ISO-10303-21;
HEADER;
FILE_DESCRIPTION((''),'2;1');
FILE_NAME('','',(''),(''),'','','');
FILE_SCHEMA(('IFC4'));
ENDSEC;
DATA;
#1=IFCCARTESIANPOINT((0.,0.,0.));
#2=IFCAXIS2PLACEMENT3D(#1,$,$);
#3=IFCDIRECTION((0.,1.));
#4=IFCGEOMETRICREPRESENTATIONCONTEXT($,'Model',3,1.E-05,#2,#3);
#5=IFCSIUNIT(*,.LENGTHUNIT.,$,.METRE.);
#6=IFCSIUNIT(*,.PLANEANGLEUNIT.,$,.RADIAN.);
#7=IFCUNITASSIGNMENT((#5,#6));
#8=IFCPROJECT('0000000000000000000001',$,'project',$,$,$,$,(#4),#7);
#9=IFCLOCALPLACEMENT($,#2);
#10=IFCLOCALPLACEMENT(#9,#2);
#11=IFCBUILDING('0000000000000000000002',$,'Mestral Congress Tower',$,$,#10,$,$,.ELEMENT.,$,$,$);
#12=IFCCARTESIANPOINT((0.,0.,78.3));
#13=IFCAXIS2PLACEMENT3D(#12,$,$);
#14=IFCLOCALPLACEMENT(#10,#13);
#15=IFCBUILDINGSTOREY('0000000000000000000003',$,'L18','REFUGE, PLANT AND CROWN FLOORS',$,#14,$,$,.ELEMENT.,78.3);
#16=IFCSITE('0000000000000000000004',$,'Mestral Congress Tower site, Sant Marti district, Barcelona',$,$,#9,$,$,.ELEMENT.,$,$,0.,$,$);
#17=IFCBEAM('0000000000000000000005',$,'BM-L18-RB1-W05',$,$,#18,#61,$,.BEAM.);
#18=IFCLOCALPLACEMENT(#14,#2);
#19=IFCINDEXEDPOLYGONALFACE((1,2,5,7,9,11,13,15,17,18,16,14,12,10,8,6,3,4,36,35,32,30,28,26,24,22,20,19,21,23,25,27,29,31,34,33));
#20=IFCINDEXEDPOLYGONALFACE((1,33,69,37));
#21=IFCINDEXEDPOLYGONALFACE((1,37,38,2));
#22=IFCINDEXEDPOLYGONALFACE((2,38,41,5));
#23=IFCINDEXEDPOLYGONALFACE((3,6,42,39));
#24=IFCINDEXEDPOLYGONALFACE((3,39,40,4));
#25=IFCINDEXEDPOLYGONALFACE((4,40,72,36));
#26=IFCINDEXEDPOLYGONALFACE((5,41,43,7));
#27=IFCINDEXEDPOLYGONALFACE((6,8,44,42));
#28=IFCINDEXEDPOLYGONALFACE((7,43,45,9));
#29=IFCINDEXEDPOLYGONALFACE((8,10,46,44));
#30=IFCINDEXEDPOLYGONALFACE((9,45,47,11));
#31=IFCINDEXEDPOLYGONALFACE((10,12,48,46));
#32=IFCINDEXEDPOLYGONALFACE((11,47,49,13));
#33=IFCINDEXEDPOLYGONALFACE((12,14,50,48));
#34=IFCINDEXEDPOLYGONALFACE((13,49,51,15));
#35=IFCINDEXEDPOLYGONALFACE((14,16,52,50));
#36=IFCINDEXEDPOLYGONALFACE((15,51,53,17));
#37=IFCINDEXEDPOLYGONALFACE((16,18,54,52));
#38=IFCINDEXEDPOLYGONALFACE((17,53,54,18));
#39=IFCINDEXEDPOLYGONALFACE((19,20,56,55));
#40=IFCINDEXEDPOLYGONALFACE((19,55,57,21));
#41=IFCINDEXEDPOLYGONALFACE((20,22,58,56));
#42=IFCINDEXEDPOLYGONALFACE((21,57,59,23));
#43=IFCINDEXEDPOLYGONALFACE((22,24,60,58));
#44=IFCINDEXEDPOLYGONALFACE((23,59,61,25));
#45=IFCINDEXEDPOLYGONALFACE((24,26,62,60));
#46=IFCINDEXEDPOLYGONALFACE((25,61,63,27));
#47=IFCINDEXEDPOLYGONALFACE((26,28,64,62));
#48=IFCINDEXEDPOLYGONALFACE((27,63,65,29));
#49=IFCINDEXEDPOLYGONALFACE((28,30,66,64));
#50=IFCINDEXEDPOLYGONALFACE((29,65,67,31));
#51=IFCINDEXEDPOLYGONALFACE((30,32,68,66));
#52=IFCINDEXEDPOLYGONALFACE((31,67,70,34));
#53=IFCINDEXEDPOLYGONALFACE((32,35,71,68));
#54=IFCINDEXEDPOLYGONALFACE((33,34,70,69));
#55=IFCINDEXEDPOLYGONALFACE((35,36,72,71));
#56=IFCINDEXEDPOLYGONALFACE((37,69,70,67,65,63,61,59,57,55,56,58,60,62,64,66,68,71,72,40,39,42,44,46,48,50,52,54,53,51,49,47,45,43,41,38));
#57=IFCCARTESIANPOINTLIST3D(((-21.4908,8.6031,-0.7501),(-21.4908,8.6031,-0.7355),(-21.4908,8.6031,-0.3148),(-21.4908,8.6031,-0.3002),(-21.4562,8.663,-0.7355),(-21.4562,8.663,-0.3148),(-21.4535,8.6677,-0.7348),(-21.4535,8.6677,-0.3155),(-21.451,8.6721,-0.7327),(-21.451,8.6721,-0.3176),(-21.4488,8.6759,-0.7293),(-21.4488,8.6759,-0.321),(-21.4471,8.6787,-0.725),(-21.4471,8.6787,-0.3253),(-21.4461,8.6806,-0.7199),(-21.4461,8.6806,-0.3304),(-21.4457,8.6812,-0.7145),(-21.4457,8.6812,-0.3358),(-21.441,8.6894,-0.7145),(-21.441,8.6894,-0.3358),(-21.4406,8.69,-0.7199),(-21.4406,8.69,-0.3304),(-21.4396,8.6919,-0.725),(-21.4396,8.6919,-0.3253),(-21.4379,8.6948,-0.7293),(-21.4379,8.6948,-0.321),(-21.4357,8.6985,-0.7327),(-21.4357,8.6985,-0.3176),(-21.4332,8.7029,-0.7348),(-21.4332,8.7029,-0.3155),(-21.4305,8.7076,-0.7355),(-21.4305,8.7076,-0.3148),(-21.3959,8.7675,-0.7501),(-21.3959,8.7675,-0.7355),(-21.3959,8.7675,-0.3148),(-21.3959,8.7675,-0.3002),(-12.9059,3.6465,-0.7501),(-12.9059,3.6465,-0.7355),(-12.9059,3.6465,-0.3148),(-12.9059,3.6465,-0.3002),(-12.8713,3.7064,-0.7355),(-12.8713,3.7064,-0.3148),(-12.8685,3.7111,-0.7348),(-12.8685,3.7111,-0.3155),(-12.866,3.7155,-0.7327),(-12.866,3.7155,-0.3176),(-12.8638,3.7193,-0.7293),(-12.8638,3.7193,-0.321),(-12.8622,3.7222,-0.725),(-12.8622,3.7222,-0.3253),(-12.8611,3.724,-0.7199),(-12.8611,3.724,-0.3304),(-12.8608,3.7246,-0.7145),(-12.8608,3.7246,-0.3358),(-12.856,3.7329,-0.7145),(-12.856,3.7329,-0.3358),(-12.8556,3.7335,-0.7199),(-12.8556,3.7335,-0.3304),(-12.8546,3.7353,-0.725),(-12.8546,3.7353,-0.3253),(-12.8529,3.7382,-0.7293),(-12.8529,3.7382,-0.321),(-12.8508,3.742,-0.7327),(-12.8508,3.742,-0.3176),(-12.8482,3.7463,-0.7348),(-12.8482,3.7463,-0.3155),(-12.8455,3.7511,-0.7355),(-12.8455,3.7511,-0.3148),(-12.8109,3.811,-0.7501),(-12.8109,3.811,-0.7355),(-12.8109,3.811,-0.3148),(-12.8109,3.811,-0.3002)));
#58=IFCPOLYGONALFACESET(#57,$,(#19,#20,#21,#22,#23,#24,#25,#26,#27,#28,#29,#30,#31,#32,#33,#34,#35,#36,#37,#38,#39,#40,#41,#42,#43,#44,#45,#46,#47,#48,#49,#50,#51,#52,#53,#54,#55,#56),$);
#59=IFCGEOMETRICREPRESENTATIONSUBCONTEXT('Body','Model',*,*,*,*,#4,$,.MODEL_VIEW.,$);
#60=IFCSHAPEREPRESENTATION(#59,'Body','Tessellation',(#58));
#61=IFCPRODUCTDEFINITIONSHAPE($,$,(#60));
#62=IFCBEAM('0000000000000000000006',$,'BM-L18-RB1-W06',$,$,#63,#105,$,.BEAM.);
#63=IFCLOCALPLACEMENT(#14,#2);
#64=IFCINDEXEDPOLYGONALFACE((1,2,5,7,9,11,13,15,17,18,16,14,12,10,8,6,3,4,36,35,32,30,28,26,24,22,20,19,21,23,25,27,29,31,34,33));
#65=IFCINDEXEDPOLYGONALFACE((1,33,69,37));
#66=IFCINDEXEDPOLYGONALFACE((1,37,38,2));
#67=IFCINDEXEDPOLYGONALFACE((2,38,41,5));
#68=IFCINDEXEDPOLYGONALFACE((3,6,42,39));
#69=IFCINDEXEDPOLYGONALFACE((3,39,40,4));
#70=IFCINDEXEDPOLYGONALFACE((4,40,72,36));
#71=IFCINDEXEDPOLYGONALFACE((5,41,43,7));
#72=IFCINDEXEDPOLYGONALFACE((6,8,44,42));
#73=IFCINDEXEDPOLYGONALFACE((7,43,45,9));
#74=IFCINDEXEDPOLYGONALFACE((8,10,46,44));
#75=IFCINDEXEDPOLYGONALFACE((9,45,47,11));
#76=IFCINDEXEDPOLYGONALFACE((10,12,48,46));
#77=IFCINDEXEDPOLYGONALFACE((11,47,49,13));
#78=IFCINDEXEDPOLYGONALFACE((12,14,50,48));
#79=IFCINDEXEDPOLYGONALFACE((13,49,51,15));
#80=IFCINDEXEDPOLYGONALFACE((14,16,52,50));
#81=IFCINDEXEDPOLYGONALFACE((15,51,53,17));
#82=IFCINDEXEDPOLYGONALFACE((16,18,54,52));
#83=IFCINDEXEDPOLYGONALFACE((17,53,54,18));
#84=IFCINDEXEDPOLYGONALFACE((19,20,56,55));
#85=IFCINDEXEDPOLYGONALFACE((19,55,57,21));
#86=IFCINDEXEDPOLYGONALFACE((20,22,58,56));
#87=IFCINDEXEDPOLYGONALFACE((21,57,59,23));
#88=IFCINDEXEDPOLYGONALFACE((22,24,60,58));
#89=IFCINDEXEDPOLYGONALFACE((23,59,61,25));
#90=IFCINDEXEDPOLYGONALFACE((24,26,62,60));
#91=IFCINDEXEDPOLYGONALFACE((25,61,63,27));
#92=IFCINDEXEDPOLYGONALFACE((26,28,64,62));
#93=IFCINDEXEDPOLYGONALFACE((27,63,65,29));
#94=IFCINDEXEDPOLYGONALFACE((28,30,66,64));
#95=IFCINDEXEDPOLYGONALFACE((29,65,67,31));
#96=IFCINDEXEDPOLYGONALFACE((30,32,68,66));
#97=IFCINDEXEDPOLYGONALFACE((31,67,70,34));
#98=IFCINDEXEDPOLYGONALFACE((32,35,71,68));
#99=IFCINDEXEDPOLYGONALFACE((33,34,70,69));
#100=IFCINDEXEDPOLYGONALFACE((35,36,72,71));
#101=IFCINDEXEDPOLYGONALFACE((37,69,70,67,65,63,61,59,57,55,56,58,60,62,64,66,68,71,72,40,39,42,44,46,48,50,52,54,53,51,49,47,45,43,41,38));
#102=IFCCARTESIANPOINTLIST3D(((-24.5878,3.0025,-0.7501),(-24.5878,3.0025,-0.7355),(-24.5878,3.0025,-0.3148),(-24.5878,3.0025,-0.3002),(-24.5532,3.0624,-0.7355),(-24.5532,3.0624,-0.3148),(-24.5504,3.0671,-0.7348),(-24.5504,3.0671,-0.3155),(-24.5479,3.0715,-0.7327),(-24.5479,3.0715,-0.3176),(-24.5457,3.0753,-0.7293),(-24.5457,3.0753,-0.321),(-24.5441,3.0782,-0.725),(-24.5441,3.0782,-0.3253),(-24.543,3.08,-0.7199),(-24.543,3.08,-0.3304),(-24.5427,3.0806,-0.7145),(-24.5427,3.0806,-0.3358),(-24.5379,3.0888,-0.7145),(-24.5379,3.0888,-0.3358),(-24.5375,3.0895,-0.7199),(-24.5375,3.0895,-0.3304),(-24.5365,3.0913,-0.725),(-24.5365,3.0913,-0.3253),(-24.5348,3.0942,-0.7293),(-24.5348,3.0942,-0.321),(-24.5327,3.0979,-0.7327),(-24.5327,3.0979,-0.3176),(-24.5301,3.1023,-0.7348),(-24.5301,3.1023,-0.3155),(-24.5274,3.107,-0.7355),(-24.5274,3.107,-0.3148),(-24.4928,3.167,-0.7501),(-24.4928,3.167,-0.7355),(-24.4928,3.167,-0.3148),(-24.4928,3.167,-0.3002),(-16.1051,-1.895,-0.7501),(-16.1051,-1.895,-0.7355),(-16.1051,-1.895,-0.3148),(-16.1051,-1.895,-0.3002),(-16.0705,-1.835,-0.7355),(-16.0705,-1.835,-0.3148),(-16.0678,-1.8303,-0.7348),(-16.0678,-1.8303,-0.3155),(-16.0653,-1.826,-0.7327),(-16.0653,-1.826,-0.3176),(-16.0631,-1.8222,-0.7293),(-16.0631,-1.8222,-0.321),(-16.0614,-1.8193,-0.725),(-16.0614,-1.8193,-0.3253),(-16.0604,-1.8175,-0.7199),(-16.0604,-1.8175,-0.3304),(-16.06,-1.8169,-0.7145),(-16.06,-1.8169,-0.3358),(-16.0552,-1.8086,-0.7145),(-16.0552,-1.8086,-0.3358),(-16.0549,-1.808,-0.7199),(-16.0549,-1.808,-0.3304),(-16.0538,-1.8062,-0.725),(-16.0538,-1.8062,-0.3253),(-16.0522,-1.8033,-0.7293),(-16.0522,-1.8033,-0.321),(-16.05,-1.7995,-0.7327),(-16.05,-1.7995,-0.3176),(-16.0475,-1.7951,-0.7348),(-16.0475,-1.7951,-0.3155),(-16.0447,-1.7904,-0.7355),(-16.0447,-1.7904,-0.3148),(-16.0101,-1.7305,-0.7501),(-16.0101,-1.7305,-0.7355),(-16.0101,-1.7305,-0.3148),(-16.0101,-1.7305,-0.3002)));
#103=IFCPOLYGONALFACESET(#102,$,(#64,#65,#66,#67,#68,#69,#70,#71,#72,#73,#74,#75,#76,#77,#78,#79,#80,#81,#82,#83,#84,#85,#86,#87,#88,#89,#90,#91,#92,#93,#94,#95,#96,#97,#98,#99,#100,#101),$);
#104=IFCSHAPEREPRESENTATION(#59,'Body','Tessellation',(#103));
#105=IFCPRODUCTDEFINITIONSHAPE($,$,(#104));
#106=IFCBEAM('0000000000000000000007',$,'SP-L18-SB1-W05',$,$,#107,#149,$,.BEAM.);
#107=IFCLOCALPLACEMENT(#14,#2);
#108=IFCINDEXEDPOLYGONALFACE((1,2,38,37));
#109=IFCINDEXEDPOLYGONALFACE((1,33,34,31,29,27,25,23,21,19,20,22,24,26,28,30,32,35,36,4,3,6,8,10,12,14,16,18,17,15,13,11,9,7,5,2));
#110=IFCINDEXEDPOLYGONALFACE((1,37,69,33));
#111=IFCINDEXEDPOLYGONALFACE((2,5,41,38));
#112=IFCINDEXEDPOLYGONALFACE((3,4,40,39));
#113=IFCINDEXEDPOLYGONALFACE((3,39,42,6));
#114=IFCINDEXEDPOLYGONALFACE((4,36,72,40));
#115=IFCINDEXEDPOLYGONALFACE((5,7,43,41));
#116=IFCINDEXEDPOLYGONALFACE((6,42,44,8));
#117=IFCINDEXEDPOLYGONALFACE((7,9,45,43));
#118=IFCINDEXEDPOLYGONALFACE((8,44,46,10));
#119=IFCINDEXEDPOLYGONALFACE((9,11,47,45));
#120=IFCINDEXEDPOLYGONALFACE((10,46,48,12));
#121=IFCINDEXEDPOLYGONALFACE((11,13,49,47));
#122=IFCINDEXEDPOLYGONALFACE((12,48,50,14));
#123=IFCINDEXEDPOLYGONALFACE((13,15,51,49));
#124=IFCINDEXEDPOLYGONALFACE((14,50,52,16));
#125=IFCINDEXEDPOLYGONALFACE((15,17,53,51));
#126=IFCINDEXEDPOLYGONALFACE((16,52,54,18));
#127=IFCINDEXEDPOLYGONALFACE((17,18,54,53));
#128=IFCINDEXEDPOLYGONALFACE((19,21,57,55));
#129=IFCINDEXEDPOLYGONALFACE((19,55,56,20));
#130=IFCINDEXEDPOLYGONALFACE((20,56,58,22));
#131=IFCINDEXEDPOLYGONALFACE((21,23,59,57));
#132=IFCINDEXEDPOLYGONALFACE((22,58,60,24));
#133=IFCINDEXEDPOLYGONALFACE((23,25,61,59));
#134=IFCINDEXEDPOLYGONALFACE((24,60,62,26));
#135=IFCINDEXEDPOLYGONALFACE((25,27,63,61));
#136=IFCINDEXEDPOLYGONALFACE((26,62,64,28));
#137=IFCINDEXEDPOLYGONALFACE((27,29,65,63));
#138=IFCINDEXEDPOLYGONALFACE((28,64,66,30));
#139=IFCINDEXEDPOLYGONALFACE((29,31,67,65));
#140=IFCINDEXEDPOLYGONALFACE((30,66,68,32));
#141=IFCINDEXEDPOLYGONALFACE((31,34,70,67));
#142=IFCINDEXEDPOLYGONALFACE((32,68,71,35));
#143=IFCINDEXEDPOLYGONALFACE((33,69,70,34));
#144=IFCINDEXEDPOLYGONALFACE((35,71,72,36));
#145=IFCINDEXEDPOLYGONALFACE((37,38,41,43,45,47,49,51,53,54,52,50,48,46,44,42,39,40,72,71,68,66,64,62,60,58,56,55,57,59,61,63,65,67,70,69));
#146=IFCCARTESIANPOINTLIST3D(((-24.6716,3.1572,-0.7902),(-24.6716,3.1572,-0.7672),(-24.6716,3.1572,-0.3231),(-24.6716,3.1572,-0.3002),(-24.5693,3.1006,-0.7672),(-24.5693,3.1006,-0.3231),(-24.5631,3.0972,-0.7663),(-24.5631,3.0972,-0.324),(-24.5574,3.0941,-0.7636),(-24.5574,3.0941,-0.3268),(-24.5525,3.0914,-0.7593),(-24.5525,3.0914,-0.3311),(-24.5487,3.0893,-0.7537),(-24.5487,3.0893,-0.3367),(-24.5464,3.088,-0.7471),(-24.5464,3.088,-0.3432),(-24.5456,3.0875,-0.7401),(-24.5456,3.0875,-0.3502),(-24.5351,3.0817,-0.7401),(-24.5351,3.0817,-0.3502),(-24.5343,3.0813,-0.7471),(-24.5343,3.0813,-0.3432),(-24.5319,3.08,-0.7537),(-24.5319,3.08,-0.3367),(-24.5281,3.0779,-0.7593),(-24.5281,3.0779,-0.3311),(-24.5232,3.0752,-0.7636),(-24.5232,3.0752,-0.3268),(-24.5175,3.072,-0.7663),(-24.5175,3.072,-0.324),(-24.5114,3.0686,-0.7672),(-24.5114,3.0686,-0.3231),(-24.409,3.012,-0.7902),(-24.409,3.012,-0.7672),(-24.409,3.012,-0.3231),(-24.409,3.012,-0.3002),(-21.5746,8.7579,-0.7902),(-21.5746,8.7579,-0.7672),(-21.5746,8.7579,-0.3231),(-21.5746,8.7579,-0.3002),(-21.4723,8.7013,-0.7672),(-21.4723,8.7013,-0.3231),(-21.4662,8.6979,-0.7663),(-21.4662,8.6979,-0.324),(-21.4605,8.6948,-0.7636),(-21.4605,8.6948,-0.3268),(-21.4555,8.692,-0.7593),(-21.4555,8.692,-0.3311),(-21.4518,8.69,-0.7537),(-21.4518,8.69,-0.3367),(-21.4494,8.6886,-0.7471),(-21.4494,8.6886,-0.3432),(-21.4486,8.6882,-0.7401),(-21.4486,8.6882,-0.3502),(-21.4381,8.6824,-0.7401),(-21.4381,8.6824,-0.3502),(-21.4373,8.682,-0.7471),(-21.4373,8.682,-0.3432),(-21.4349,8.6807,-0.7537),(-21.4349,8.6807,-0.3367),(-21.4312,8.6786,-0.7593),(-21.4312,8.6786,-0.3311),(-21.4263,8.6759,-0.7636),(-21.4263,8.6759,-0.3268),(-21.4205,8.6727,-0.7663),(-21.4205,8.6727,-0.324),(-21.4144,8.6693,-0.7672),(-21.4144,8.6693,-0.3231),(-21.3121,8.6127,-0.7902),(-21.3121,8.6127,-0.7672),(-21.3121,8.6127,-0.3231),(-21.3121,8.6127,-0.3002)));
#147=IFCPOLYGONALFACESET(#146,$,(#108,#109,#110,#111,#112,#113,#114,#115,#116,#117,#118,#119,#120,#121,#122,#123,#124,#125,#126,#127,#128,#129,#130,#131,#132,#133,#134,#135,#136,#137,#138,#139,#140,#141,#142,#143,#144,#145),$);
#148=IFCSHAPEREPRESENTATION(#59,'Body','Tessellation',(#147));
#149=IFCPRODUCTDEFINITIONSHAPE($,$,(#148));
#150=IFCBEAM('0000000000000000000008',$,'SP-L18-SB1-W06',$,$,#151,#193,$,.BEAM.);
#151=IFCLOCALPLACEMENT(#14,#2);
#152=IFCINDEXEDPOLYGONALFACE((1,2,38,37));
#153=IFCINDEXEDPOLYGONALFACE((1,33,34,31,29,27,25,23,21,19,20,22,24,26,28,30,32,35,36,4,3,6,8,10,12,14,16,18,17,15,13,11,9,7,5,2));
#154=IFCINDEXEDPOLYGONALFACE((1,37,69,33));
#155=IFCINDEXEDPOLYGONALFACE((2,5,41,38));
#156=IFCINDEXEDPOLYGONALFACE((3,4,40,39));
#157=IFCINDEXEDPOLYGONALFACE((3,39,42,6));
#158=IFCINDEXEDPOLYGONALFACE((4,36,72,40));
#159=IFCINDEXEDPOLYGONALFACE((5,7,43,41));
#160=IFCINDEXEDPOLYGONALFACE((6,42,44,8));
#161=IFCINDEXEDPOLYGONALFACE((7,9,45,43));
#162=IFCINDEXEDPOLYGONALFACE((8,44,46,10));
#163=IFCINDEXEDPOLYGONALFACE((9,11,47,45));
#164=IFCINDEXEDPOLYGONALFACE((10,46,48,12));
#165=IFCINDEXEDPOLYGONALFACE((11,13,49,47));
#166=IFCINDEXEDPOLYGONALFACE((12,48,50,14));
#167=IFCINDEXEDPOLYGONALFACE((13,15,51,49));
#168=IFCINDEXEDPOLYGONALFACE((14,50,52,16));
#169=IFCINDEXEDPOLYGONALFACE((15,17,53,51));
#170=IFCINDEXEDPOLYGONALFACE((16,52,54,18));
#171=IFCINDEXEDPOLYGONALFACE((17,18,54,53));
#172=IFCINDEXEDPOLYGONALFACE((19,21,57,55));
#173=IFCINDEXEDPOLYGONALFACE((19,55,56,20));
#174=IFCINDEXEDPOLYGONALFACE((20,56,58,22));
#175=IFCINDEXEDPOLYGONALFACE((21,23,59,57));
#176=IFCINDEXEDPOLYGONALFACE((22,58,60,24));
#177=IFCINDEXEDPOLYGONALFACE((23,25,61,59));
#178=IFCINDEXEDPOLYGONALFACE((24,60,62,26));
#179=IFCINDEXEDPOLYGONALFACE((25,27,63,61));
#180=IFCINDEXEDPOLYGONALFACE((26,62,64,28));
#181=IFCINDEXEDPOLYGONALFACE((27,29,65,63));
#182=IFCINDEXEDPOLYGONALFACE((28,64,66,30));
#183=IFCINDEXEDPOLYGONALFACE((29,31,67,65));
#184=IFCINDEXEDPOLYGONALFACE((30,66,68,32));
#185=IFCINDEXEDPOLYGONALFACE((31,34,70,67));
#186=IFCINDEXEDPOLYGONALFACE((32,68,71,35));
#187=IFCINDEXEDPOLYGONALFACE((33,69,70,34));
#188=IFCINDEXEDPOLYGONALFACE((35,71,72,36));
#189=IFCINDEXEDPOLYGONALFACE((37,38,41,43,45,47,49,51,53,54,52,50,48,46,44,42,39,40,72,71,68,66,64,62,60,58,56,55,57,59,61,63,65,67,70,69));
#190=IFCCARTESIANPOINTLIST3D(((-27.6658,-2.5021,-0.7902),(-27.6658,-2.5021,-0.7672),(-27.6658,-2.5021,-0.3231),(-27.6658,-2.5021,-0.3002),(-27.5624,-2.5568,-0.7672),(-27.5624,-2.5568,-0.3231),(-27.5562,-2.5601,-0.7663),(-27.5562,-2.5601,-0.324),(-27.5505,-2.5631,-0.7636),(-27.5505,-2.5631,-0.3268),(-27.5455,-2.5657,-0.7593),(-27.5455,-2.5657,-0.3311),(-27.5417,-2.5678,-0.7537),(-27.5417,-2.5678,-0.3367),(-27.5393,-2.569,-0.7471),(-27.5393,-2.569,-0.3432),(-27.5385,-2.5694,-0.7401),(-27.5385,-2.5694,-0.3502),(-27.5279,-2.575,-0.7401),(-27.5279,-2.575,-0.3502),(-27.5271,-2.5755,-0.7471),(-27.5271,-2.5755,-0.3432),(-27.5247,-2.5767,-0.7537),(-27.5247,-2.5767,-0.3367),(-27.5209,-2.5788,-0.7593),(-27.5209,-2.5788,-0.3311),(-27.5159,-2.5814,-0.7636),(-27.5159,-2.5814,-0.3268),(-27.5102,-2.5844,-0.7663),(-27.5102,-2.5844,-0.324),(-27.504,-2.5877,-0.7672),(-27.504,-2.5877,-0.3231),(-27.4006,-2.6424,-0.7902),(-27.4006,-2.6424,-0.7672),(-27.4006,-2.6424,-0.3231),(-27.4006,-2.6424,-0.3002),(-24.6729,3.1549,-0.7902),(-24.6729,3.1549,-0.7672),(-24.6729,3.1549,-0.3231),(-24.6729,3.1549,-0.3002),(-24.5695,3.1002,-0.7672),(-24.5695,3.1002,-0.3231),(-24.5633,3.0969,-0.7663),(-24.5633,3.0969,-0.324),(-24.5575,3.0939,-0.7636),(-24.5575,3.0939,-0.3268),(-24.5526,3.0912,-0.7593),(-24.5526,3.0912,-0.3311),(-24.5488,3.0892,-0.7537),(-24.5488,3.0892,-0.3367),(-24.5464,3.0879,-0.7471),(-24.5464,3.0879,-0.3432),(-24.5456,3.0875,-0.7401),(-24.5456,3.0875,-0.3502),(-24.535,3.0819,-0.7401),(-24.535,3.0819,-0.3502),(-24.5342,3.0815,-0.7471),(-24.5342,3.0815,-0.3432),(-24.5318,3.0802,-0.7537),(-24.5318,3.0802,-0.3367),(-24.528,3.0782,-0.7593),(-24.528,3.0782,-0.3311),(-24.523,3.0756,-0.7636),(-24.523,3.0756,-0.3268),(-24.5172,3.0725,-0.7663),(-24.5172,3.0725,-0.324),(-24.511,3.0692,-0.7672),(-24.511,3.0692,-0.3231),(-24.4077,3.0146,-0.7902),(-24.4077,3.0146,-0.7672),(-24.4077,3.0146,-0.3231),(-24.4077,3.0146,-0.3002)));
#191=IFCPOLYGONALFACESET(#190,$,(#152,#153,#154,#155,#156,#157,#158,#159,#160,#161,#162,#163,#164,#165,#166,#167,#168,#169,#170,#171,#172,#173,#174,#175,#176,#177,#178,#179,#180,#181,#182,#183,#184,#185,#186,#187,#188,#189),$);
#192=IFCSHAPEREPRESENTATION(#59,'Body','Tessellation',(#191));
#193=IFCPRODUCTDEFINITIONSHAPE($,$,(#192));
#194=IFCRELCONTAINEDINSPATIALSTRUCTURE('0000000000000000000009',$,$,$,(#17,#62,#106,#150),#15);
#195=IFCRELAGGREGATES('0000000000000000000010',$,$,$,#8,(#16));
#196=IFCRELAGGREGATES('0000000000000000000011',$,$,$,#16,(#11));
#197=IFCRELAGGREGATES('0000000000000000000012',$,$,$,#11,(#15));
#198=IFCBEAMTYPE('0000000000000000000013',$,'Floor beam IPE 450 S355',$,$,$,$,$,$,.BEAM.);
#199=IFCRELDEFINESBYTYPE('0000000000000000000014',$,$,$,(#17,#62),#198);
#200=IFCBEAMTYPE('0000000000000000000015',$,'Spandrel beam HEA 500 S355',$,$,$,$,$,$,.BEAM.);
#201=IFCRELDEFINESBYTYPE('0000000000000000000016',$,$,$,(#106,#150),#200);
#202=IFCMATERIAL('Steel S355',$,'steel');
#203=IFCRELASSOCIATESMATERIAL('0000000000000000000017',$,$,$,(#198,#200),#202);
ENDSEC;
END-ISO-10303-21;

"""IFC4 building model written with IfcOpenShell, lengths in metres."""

from ifc_helpers import new_model, si_unit, direction, frame, origin, origin_2d, place, context, subcontext, project, spatial, i_section, extrude, material, material_profile, profile_set, type_object, element, save


model = new_model("IFC4")

# Units and contexts
model_context = context("Model", 3, precision=1e-05, world=origin(), true_north=direction((0.0, 1.0)))
body_context = subcontext(model_context, "Body", "Model", "MODEL_VIEW")
ifc_project = project(units=[si_unit("LENGTHUNIT", "METRE"), si_unit("PLANEANGLEUNIT", "RADIAN")], contexts=[model_context])

# Site, building, storey
site_placement = place(None, origin())
site = spatial("IfcSite", under=ifc_project, at=site_placement, Name="Mestral Congress Tower site, Sant Marti district, Barcelona", CompositionType="ELEMENT", RefElevation=0.0)
building_placement = place(site_placement, origin())
building = spatial("IfcBuilding", under=site, at=building_placement, Name="Mestral Congress Tower", CompositionType="ELEMENT")
storey_placement = place(building_placement, frame((0.0, 0.0, 78.3)))
storey = spatial("IfcBuildingStorey", under=building, at=storey_placement, Name="L18", Description="REFUGE, PLANT AND CROWN FLOORS", CompositionType="ELEMENT", Elevation=78.3)

# Shared definitions
ifc_material_1 = material(Name="Steel S355", Category="steel")

# Beams
ifc_material_profile_1 = material_profile(ifc_material_1, i_section(OverallWidth=0.1899, OverallDepth=0.45, WebThickness=0.0095, FlangeThickness=0.0146, FilletRadius=0.021, at=origin_2d()), Name="IPE 450")
ifc_profile_set_1 = profile_set([ifc_material_profile_1], Name="Steel S355")
beam_type_1 = type_object("IfcBeamType", Name="Floor beam IPE 450 S355", PredefinedType="BEAM", material=ifc_profile_set_1)
beam_1_placement = place(storey_placement, frame((-21.4434, 8.6853, -0.5251), z_axis=(0.866025, -0.500001, 0.0), x_axis=(0.500001, 0.866025, 0.0)))
element("IfcBeam", 1, at=beam_1_placement, inside=storey, type_object=beam_type_1, Name="BM-L18-RB1-W05", PredefinedType="BEAM", context=body_context, shape_type="SweptSolid", body=[
    extrude(i_section(OverallWidth=0.1899, OverallDepth=0.45, WebThickness=0.0095, FlangeThickness=0.0146, FilletRadius=0.021, at=origin_2d()), origin(), (0.0, 0.0, 1.0), 9.9131),
])
beam_2_placement = place(storey_placement, frame((-24.5403, 3.0847, -0.5251), z_axis=(0.866026, -0.499999, 0.0), x_axis=(0.499999, 0.866026, 0.0)))
element("IfcBeam", 2, at=beam_2_placement, inside=storey, type_object=beam_type_1, Name="BM-L18-RB1-W06", PredefinedType="BEAM", context=body_context, shape_type="SweptSolid", body=[
    extrude(i_section(OverallWidth=0.1899, OverallDepth=0.45, WebThickness=0.0095, FlangeThickness=0.0146, FilletRadius=0.021, at=origin_2d()), origin(), (0.0, 0.0, 1.0), 9.7949),
])
ifc_material_profile_2 = material_profile(ifc_material_1, i_section(OverallWidth=0.3, OverallDepth=0.49, WebThickness=0.012, FlangeThickness=0.0229, FilletRadius=0.0271, at=origin_2d()), Name="HEA 500")
ifc_profile_set_2 = profile_set([ifc_material_profile_2], Name="Steel S355")
beam_type_2 = type_object("IfcBeamType", Name="Spandrel beam HEA 500 S355", PredefinedType="BEAM", material=ifc_profile_set_2)
for number, where, z_axis, x_axis, name in (
    (3, (-21.4434, 8.6853, -0.5452), (-0.483909, -0.875118, 0.0), (0.875118, -0.483909, 0.0), "SP-L18-SB1-W05"),
    (4, (-24.5403, 3.0847, -0.5452), (-0.467649, -0.883914, 0.0), (0.883914, -0.467649, 0.0), "SP-L18-SB1-W06"),
):
    element("IfcBeam", number, at=place(storey_placement, frame(where, z_axis=z_axis, x_axis=x_axis)), inside=storey, type_object=beam_type_2, Name=name, PredefinedType="BEAM", context=body_context, shape_type="SweptSolid", body=[
        extrude(i_section(OverallWidth=0.3, OverallDepth=0.49, WebThickness=0.012, FlangeThickness=0.0229, FilletRadius=0.0271, at=origin_2d()), origin(), (0.0, 0.0, 1.0), 6.3999),
    ])

save(model, "model.ifc")
